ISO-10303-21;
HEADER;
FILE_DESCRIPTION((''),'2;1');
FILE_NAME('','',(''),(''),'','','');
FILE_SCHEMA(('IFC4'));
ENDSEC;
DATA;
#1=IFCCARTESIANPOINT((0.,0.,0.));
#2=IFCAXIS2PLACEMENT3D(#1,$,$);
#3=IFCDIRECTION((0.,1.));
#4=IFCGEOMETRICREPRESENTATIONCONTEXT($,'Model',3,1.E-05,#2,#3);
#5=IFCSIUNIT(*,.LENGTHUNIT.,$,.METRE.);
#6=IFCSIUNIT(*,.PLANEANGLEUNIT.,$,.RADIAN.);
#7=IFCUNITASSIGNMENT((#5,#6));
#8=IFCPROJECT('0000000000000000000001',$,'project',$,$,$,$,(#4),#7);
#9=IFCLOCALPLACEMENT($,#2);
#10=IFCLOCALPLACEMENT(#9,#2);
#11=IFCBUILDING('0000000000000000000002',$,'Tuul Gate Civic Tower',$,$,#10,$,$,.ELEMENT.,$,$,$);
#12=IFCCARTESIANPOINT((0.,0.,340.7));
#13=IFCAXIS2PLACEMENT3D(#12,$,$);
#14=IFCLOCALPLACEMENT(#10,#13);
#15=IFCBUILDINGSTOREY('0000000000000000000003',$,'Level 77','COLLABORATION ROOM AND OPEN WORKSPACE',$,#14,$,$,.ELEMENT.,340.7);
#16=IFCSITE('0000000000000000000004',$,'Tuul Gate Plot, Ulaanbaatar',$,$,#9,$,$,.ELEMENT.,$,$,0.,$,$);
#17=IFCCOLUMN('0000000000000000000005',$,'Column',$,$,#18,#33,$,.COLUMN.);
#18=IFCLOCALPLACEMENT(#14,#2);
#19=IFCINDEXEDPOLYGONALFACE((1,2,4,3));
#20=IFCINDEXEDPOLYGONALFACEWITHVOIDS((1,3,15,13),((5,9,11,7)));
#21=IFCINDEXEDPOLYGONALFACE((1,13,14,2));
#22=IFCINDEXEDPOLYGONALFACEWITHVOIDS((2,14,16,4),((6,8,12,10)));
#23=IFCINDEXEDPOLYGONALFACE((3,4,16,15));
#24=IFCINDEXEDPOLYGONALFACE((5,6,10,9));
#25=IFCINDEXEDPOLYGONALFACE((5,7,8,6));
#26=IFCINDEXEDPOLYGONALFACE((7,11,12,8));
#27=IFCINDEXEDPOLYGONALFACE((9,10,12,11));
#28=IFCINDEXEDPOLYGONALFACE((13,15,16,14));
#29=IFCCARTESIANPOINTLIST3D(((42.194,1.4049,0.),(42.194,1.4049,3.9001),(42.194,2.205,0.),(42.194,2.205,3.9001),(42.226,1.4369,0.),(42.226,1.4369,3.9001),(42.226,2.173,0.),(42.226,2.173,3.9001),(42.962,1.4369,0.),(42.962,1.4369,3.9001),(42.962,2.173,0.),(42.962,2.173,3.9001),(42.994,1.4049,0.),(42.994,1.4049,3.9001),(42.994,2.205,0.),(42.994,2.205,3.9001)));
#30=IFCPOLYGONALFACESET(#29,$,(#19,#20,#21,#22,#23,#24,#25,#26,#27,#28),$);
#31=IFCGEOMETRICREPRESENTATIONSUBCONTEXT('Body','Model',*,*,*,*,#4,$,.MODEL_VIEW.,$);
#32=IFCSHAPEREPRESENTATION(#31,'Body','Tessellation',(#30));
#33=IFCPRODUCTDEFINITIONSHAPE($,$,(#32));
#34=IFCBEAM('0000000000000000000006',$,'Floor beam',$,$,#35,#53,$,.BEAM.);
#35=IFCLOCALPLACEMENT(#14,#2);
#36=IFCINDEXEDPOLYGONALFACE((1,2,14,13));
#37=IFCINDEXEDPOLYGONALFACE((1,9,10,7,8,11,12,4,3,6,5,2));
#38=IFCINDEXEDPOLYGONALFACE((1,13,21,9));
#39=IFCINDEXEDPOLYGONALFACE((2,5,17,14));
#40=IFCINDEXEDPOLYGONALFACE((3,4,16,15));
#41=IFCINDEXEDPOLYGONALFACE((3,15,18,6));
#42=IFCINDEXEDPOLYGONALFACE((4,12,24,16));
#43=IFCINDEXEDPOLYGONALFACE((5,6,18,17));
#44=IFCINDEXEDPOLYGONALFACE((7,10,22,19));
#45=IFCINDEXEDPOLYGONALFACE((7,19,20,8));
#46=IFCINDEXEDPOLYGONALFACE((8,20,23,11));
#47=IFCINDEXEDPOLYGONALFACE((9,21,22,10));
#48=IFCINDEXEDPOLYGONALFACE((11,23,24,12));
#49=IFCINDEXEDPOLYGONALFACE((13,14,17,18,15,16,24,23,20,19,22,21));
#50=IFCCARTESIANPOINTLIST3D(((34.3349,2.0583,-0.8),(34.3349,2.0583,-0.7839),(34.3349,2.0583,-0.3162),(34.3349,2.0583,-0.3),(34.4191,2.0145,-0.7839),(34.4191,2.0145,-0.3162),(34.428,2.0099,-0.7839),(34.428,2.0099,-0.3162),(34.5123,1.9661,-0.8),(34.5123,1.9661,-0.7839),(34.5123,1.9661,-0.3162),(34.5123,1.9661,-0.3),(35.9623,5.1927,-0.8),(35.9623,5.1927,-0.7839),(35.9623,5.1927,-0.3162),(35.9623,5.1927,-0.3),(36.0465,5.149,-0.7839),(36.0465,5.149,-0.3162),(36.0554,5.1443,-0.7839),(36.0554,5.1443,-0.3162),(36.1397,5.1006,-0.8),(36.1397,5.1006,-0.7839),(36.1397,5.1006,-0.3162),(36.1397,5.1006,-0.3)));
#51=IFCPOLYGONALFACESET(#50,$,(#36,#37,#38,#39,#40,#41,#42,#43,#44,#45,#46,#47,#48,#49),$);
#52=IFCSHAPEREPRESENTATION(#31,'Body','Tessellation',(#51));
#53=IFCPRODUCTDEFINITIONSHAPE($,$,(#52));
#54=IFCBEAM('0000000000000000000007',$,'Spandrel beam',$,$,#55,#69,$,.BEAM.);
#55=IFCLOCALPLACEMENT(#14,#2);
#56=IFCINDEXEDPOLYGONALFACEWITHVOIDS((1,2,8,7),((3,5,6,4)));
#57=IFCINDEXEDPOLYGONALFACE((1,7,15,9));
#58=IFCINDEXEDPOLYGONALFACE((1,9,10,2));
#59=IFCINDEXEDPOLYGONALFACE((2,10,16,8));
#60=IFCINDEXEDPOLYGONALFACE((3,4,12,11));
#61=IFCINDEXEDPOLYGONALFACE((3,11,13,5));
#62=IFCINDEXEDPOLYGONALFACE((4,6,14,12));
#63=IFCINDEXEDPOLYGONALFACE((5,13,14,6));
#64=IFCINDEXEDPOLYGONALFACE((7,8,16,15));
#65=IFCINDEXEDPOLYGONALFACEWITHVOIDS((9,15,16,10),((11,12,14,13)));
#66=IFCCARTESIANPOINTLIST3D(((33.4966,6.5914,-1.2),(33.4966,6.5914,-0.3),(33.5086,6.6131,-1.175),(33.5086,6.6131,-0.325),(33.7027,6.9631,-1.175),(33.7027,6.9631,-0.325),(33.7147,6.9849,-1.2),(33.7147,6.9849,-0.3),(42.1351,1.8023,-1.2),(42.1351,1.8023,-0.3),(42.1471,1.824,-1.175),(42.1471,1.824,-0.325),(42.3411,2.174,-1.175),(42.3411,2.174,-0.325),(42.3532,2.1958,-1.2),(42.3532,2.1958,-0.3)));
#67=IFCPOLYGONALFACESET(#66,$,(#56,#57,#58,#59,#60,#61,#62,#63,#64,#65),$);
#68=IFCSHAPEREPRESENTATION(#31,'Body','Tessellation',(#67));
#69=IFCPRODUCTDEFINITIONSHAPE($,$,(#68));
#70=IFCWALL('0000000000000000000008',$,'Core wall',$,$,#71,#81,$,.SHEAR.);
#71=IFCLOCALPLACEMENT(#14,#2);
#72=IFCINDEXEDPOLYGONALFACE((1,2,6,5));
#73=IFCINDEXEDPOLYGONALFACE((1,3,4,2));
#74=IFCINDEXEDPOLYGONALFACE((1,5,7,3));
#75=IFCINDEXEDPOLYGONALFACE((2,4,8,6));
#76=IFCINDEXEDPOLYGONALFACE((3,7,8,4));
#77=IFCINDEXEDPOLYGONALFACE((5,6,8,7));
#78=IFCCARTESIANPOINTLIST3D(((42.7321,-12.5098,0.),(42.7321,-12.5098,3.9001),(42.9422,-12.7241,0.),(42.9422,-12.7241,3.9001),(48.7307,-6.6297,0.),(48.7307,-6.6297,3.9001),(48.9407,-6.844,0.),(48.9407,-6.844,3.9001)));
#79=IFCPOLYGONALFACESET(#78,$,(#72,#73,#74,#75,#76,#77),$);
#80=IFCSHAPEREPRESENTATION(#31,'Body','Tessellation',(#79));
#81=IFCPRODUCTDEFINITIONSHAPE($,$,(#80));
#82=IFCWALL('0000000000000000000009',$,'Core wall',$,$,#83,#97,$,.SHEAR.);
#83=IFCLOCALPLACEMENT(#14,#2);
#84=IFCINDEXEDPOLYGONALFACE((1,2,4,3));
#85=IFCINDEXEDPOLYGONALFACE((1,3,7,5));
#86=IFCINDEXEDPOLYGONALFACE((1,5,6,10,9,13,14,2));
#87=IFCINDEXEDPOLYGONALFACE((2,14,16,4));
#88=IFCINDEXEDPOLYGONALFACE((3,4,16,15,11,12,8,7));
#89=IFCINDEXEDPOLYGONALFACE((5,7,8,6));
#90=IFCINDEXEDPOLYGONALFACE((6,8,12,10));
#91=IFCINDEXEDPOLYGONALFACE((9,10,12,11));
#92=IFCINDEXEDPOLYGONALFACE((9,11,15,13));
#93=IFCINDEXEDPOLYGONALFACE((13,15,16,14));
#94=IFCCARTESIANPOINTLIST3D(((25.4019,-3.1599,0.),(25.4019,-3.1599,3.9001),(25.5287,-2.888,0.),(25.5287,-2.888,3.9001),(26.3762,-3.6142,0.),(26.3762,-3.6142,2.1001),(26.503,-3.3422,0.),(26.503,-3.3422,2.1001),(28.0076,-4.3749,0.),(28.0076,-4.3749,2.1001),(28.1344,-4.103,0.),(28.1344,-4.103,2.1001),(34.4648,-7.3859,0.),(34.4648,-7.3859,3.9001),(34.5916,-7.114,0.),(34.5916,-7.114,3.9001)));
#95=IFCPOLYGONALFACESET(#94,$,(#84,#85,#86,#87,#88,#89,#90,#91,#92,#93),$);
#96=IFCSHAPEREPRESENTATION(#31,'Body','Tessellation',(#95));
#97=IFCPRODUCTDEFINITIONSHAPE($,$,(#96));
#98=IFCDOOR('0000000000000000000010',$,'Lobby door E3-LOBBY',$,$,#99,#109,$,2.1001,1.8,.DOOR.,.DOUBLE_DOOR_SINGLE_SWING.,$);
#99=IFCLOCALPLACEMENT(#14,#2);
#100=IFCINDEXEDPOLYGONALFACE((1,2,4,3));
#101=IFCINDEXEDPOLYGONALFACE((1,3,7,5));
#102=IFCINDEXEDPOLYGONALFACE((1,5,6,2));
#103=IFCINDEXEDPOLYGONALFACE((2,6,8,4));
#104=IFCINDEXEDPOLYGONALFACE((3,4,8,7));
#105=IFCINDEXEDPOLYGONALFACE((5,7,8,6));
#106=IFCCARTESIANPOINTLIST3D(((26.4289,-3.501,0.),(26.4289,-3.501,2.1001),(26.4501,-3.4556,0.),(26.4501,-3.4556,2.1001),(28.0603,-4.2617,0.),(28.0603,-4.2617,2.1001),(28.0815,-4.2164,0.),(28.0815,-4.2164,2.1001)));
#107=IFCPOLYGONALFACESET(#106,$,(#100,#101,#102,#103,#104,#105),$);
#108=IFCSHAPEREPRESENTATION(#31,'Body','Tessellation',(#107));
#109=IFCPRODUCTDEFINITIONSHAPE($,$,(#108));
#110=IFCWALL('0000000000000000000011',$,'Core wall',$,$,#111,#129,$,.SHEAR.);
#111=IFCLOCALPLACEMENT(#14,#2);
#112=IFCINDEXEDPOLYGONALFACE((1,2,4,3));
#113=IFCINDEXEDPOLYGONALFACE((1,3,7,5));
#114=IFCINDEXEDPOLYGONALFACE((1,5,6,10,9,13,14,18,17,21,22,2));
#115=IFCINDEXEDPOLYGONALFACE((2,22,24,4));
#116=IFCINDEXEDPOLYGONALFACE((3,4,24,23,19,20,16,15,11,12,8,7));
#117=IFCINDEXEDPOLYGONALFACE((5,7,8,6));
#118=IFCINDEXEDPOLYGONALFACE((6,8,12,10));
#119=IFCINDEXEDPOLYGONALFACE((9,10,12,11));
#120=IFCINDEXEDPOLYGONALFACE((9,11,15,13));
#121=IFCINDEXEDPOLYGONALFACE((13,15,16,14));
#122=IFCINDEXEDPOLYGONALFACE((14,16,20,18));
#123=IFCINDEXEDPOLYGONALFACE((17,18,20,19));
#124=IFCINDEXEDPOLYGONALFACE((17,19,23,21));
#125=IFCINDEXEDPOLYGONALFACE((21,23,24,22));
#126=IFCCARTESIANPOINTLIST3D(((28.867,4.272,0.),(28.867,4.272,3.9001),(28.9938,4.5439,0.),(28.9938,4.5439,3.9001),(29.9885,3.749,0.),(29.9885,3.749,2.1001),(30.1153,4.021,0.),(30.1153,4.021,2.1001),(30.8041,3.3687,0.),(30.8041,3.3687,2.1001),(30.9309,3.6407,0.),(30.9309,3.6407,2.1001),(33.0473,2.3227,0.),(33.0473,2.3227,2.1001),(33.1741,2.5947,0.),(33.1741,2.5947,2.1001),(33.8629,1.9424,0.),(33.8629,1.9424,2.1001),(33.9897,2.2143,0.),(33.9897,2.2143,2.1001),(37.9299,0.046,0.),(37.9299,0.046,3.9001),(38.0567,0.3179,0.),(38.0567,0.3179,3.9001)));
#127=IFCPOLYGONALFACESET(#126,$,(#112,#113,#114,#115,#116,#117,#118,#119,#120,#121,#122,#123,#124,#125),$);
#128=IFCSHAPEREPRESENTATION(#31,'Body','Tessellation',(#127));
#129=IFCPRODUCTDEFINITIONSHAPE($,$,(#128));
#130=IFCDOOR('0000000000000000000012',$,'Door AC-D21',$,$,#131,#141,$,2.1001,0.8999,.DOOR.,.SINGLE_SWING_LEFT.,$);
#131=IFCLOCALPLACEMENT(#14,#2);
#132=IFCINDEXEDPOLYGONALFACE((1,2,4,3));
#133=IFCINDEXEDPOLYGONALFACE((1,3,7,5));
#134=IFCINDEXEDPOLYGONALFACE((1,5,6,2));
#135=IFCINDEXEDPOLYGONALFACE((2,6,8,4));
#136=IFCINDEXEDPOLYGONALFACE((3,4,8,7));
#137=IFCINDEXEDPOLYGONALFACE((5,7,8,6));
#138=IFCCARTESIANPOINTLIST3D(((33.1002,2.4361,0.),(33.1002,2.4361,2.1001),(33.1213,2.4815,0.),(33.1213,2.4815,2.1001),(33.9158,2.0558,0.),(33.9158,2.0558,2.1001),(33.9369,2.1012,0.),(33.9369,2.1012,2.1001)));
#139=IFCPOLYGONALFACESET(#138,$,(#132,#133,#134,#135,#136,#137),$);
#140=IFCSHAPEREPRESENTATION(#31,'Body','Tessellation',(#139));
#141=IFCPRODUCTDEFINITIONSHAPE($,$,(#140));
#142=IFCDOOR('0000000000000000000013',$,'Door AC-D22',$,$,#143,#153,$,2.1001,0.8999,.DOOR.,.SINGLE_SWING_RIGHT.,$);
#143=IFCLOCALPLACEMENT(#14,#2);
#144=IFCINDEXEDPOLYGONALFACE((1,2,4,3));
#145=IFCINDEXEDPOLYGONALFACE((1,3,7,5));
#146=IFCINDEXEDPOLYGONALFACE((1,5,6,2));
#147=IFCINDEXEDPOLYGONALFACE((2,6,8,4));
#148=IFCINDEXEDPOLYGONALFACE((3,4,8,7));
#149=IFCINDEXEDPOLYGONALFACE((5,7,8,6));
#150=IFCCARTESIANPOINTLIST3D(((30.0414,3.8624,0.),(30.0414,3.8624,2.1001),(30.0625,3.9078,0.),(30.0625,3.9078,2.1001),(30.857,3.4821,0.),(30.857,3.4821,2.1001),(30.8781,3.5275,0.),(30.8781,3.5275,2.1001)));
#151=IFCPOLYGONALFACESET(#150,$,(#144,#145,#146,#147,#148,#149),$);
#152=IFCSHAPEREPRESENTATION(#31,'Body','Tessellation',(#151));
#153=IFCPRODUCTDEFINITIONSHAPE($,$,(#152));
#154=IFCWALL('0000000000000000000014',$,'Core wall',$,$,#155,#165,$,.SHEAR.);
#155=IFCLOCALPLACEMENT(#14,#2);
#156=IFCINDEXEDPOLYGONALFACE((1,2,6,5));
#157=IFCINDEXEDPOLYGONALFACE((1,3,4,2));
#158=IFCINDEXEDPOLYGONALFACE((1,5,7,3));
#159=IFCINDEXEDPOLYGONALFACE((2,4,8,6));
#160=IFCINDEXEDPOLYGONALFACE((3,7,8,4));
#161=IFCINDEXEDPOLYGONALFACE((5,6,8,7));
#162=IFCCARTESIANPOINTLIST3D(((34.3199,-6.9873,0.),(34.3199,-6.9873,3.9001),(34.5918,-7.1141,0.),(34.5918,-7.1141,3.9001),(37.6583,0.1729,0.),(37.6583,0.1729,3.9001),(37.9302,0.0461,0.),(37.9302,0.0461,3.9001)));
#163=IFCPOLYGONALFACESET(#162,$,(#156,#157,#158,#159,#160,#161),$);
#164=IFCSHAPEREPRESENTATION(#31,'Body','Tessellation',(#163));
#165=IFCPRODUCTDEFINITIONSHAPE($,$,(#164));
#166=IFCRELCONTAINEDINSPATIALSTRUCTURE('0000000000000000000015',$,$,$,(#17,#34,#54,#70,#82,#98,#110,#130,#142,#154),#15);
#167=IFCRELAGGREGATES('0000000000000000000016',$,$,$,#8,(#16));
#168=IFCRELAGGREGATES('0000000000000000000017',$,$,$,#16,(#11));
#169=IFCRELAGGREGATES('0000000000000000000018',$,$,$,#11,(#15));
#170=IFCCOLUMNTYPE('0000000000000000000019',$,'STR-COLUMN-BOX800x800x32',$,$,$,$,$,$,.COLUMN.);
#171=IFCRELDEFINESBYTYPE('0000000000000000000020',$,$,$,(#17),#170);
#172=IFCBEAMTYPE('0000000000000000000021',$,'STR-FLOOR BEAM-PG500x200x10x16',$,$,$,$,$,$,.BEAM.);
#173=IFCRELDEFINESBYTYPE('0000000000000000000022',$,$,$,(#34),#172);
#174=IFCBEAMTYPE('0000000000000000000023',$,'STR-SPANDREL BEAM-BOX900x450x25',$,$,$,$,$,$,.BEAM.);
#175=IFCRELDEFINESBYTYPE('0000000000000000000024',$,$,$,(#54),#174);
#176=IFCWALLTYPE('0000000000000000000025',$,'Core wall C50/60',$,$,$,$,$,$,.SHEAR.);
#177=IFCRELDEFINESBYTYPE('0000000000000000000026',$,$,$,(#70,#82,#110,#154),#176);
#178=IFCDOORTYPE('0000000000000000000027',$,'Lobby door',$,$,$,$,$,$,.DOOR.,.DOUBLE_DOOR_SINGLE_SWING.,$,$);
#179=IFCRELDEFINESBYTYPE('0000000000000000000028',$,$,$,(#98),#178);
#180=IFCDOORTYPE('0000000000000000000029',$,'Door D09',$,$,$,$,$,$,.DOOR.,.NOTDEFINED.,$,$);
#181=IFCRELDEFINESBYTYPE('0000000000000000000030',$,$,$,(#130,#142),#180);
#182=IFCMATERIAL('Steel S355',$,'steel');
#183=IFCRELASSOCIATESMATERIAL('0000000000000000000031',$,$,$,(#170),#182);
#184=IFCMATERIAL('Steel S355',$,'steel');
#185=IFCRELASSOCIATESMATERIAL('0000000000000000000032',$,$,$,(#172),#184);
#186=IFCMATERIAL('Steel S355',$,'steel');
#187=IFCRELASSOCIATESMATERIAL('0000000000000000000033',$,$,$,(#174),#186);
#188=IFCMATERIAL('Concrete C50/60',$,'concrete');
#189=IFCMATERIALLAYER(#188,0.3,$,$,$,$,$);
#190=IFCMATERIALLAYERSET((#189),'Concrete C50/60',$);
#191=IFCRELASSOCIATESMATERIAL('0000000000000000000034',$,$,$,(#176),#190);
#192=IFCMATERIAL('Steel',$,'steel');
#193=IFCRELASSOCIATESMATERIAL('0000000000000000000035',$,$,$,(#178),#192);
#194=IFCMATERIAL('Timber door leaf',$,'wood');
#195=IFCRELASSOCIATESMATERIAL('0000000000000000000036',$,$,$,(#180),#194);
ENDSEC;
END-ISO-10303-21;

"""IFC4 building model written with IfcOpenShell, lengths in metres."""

from ifc_helpers import new_model, si_unit, direction, frame, frame_2d, origin, origin_2d, place, context, subcontext, project, spatial, rectangle, hollow_rectangle, i_section, extrude, material, layer, layer_set, material_profile, profile_set, type_object, element, fill, save


model = new_model("IFC4")

# Units and contexts
model_context = context("Model", 3, precision=1e-05, world=origin(), true_north=direction((0.0, 1.0)))
body_context = subcontext(model_context, "Body", "Model", "MODEL_VIEW")
ifc_project = project(units=[si_unit("LENGTHUNIT", "METRE"), si_unit("PLANEANGLEUNIT", "RADIAN")], contexts=[model_context])

# Site, building, storey
site_placement = place(None, origin())
site = spatial("IfcSite", under=ifc_project, at=site_placement, Name="Tuul Gate Plot, Ulaanbaatar", CompositionType="ELEMENT", RefElevation=0.0)
building_placement = place(site_placement, origin())
building = spatial("IfcBuilding", under=site, at=building_placement, Name="Tuul Gate Civic Tower", CompositionType="ELEMENT")
storey_placement = place(building_placement, frame((0.0, 0.0, 340.7)))
storey = spatial("IfcBuildingStorey", under=building, at=storey_placement, Name="Level 77", Description="COLLABORATION ROOM AND OPEN WORKSPACE", CompositionType="ELEMENT", Elevation=340.7)

# Column
ifc_material_1 = material(Name="Steel S355", Category="steel")
ifc_material_profile_1 = material_profile(ifc_material_1, hollow_rectangle(XDim=0.8, YDim=0.8, WallThickness=0.032, at=origin_2d()), Name="BOX800x800x32")
ifc_profile_set_1 = profile_set([ifc_material_profile_1], Name="Steel S355")
column_type = type_object("IfcColumnType", Name="STR-COLUMN-BOX800x800x32", PredefinedType="COLUMN", material=ifc_profile_set_1)
column_placement = place(storey_placement, frame((42.594, 1.8049, 0.0), z_axis=(0.0, 0.0, 1.0), x_axis=(1.0, 0.0, 0.0)))
element("IfcColumn", 1, at=column_placement, inside=storey, type_object=column_type, Name="Column", PredefinedType="COLUMN", context=body_context, shape_type="SweptSolid", body=[
    extrude(hollow_rectangle(XDim=0.8, YDim=0.8, WallThickness=0.032, at=origin_2d()), origin(), (0.0, 0.0, 1.0), 3.9001),
])

# Beams
ifc_material_2 = material(Name="Steel S355", Category="steel")
ifc_material_profile_2 = material_profile(ifc_material_2, i_section(OverallWidth=0.2, OverallDepth=0.5, WebThickness=0.01, FlangeThickness=0.0161, at=origin_2d()), Name="PG500x200x10x16")
ifc_profile_set_2 = profile_set([ifc_material_profile_2], Name="Steel S355")
beam_type_1 = type_object("IfcBeamType", Name="STR-FLOOR BEAM-PG500x200x10x16", PredefinedType="BEAM", material=ifc_profile_set_2)
beam_1_placement = place(storey_placement, frame((34.4236, 2.0122, -0.55), z_axis=(0.460793, 0.887507, 0.0), x_axis=(-0.887507, 0.460793, 0.0)))
element("IfcBeam", 2, at=beam_1_placement, inside=storey, type_object=beam_type_1, Name="Floor beam", PredefinedType="BEAM", context=body_context, shape_type="SweptSolid", body=[
    extrude(i_section(OverallWidth=0.2, OverallDepth=0.5, WebThickness=0.01, FlangeThickness=0.0161, at=origin_2d()), origin(), (0.0, 0.0, 1.0), 3.5317),
])
ifc_material_3 = material(Name="Steel S355", Category="steel")
ifc_material_profile_3 = material_profile(ifc_material_3, hollow_rectangle(XDim=0.45, YDim=0.8999, WallThickness=0.0249, at=origin_2d()), Name="BOX900x450x25")
ifc_profile_set_3 = profile_set([ifc_material_profile_3], Name="Steel S355")
beam_type_2 = type_object("IfcBeamType", Name="STR-SPANDREL BEAM-BOX900x450x25", PredefinedType="BEAM", material=ifc_profile_set_3)
beam_2_placement = place(storey_placement, frame((42.2441, 1.999, -0.75), z_axis=(-0.874589, 0.484864, 0.0), x_axis=(-0.484864, -0.874589, 0.0)))
element("IfcBeam", 3, at=beam_2_placement, inside=storey, type_object=beam_type_2, Name="Spandrel beam", PredefinedType="BEAM", context=body_context, shape_type="SweptSolid", body=[
    extrude(hollow_rectangle(XDim=0.45, YDim=0.8999, WallThickness=0.0249, at=origin_2d()), origin(), (0.0, 0.0, 1.0), 9.8772),
])

# Wall
ifc_material_4 = material(Name="Concrete C50/60", Category="concrete")
ifc_layer_1 = layer(ifc_material_4, 0.3)
ifc_layer_set_1 = layer_set([ifc_layer_1], Name="Concrete C50/60")
wall_type_1 = type_object("IfcWallType", Name="Core wall C50/60", PredefinedType="SHEAR", material=ifc_layer_set_1)
wall_1_placement = place(storey_placement, frame((42.8372, -12.6169, 0.0), z_axis=(0.0, 0.0, 1.0), x_axis=(0.71412, 0.700023, 0.0)))
element("IfcWall", 4, at=wall_1_placement, inside=storey, type_object=wall_type_1, Name="Core wall", PredefinedType="SHEAR", context=body_context, shape_type="SweptSolid", body=[
    extrude(rectangle(XDim=8.3999, YDim=0.3, at=frame_2d((4.2, 0.0))), origin(), (0.0, 0.0, 1.0), 3.9001),
])

# Wall, opening, door
wall_2_placement = place(storey_placement, frame((34.5283, -7.25, 0.0), z_axis=(0.0, 0.0, 1.0), x_axis=(-0.90631, 0.422613, 0.0)))
wall_2 = element("IfcWall", 5, at=wall_2_placement, inside=storey, type_object=wall_type_1, Name="Core wall", PredefinedType="SHEAR", context=body_context, shape_type="SweptSolid", body=[
    extrude(rectangle(XDim=9.9998, YDim=0.3, at=frame_2d((5.0, 0.0))), origin(), (0.0, 0.0, 1.0), 3.9001),
])
opening_1_placement = place(wall_2_placement, frame((7.125, 0.0, 0.0)))
opening_1 = element("IfcOpeningElement", 6, at=opening_1_placement, cuts=wall_2, PredefinedType="OPENING", context=body_context, shape_type="SweptSolid", body=[
    extrude(rectangle(XDim=1.8, YDim=2.1001, at=frame_2d((0.8999, 1.05))), frame((0.0, 0.1602, 0.0), z_axis=(0.0, -1.0, 0.0), x_axis=(1.0, 0.0, 0.0)), (0.0, 0.0, 1.0), 0.3201),
])
ifc_material_5 = material(Name="Steel", Category="steel")
door_type_1 = type_object("IfcDoorType", Name="Lobby door", OperationType="DOUBLE_DOOR_SINGLE_SWING", PredefinedType="DOOR", material=ifc_material_5)
door_1_placement = place(opening_1_placement, frame((1.8, 0.0, 0.0), z_axis=(0.0, 0.0, 1.0), x_axis=(-1.0, 0.0, 0.0)))
door_1 = element("IfcDoor", 7, at=door_1_placement, inside=storey, type_object=door_type_1, Name="Lobby door E3-LOBBY", OperationType="DOUBLE_DOOR_SINGLE_SWING", OverallHeight=2.1001, OverallWidth=1.8, PredefinedType="DOOR", context=body_context, shape_type="SweptSolid", body=[
    extrude(rectangle(XDim=1.8, YDim=2.1001, at=frame_2d((0.9001, 1.05))), frame((0.0, 0.0249, 0.0), z_axis=(0.0, -1.0, 0.0), x_axis=(1.0, 0.0, 0.0)), (0.0, 0.0, 1.0), 0.05),
])
fill(opening_1, door_1)

# Wall, openings, doors
wall_3_placement = place(storey_placement, frame((37.9934, 0.1819, 0.0), z_axis=(0.0, 0.0, 1.0), x_axis=(-0.90631, 0.422613, 0.0)))
wall_3 = element("IfcWall", 8, at=wall_3_placement, inside=storey, type_object=wall_type_1, Name="Core wall", PredefinedType="SHEAR", context=body_context, shape_type="SweptSolid", body=[
    extrude(rectangle(XDim=9.9998, YDim=0.3, at=frame_2d((5.0, 0.0))), origin(), (0.0, 0.0, 1.0), 3.9001),
])
opening_2_placement = place(wall_3_placement, frame((4.4875, 0.0, 0.0)))
opening_2 = element("IfcOpeningElement", 9, at=opening_2_placement, cuts=wall_3, PredefinedType="OPENING", context=body_context, shape_type="SweptSolid", body=[
    extrude(rectangle(XDim=0.8999, YDim=2.1001, at=frame_2d((0.45, 1.05))), frame((0.0, 0.1602, 0.0), z_axis=(0.0, -1.0, 0.0), x_axis=(1.0, 0.0, 0.0)), (0.0, 0.0, 1.0), 0.3201),
])
opening_3_placement = place(wall_3_placement, frame((7.8625, 0.0, 0.0)))
opening_3 = element("IfcOpeningElement", 10, at=opening_3_placement, cuts=wall_3, PredefinedType="OPENING", context=body_context, shape_type="SweptSolid", body=[
    extrude(rectangle(XDim=0.8999, YDim=2.1001, at=frame_2d((0.45, 1.05))), frame((0.0, 0.1602, 0.0), z_axis=(0.0, -1.0, 0.0), x_axis=(1.0, 0.0, 0.0)), (0.0, 0.0, 1.0), 0.3201),
])
ifc_material_6 = material(Name="Timber door leaf", Category="wood")
door_type_2 = type_object("IfcDoorType", Name="Door D09", OperationType="NOTDEFINED", PredefinedType="DOOR", material=ifc_material_6)
door_2_placement = place(opening_2_placement, origin())
door_2 = element("IfcDoor", 11, at=door_2_placement, inside=storey, type_object=door_type_2, Name="Door AC-D21", OperationType="SINGLE_SWING_LEFT", OverallHeight=2.1001, OverallWidth=0.8999, PredefinedType="DOOR", context=body_context, shape_type="SweptSolid", body=[
    extrude(rectangle(XDim=0.8999, YDim=2.1001, at=frame_2d((0.45, 1.05))), frame((0.0, 0.0249, 0.0), z_axis=(0.0, -1.0, 0.0), x_axis=(1.0, 0.0, 0.0)), (0.0, 0.0, 1.0), 0.05),
])
fill(opening_2, door_2)
door_3_placement = place(opening_3_placement, origin())
door_3 = element("IfcDoor", 12, at=door_3_placement, inside=storey, type_object=door_type_2, Name="Door AC-D22", OperationType="SINGLE_SWING_RIGHT", OverallHeight=2.1001, OverallWidth=0.8999, PredefinedType="DOOR", context=body_context, shape_type="SweptSolid", body=[
    extrude(rectangle(XDim=0.8999, YDim=2.1001, at=frame_2d((0.45, 1.05))), frame((0.0, 0.0249, 0.0), z_axis=(0.0, -1.0, 0.0), x_axis=(1.0, 0.0, 0.0)), (0.0, 0.0, 1.0), 0.05),
])
fill(opening_3, door_3)

# Wall
wall_4_placement = place(storey_placement, frame((34.4558, -7.0508, 0.0), z_axis=(0.0, 0.0, 1.0), x_axis=(0.422571, 0.90633, 0.0)))
element("IfcWall", 13, at=wall_4_placement, inside=storey, type_object=wall_type_1, Name="Core wall", PredefinedType="SHEAR", context=body_context, shape_type="SweptSolid", body=[
    extrude(rectangle(XDim=7.9001, YDim=0.3, at=frame_2d((3.9502, 0.0))), origin(), (0.0, 0.0, 1.0), 3.9001),
])

save(model, "model.ifc")
